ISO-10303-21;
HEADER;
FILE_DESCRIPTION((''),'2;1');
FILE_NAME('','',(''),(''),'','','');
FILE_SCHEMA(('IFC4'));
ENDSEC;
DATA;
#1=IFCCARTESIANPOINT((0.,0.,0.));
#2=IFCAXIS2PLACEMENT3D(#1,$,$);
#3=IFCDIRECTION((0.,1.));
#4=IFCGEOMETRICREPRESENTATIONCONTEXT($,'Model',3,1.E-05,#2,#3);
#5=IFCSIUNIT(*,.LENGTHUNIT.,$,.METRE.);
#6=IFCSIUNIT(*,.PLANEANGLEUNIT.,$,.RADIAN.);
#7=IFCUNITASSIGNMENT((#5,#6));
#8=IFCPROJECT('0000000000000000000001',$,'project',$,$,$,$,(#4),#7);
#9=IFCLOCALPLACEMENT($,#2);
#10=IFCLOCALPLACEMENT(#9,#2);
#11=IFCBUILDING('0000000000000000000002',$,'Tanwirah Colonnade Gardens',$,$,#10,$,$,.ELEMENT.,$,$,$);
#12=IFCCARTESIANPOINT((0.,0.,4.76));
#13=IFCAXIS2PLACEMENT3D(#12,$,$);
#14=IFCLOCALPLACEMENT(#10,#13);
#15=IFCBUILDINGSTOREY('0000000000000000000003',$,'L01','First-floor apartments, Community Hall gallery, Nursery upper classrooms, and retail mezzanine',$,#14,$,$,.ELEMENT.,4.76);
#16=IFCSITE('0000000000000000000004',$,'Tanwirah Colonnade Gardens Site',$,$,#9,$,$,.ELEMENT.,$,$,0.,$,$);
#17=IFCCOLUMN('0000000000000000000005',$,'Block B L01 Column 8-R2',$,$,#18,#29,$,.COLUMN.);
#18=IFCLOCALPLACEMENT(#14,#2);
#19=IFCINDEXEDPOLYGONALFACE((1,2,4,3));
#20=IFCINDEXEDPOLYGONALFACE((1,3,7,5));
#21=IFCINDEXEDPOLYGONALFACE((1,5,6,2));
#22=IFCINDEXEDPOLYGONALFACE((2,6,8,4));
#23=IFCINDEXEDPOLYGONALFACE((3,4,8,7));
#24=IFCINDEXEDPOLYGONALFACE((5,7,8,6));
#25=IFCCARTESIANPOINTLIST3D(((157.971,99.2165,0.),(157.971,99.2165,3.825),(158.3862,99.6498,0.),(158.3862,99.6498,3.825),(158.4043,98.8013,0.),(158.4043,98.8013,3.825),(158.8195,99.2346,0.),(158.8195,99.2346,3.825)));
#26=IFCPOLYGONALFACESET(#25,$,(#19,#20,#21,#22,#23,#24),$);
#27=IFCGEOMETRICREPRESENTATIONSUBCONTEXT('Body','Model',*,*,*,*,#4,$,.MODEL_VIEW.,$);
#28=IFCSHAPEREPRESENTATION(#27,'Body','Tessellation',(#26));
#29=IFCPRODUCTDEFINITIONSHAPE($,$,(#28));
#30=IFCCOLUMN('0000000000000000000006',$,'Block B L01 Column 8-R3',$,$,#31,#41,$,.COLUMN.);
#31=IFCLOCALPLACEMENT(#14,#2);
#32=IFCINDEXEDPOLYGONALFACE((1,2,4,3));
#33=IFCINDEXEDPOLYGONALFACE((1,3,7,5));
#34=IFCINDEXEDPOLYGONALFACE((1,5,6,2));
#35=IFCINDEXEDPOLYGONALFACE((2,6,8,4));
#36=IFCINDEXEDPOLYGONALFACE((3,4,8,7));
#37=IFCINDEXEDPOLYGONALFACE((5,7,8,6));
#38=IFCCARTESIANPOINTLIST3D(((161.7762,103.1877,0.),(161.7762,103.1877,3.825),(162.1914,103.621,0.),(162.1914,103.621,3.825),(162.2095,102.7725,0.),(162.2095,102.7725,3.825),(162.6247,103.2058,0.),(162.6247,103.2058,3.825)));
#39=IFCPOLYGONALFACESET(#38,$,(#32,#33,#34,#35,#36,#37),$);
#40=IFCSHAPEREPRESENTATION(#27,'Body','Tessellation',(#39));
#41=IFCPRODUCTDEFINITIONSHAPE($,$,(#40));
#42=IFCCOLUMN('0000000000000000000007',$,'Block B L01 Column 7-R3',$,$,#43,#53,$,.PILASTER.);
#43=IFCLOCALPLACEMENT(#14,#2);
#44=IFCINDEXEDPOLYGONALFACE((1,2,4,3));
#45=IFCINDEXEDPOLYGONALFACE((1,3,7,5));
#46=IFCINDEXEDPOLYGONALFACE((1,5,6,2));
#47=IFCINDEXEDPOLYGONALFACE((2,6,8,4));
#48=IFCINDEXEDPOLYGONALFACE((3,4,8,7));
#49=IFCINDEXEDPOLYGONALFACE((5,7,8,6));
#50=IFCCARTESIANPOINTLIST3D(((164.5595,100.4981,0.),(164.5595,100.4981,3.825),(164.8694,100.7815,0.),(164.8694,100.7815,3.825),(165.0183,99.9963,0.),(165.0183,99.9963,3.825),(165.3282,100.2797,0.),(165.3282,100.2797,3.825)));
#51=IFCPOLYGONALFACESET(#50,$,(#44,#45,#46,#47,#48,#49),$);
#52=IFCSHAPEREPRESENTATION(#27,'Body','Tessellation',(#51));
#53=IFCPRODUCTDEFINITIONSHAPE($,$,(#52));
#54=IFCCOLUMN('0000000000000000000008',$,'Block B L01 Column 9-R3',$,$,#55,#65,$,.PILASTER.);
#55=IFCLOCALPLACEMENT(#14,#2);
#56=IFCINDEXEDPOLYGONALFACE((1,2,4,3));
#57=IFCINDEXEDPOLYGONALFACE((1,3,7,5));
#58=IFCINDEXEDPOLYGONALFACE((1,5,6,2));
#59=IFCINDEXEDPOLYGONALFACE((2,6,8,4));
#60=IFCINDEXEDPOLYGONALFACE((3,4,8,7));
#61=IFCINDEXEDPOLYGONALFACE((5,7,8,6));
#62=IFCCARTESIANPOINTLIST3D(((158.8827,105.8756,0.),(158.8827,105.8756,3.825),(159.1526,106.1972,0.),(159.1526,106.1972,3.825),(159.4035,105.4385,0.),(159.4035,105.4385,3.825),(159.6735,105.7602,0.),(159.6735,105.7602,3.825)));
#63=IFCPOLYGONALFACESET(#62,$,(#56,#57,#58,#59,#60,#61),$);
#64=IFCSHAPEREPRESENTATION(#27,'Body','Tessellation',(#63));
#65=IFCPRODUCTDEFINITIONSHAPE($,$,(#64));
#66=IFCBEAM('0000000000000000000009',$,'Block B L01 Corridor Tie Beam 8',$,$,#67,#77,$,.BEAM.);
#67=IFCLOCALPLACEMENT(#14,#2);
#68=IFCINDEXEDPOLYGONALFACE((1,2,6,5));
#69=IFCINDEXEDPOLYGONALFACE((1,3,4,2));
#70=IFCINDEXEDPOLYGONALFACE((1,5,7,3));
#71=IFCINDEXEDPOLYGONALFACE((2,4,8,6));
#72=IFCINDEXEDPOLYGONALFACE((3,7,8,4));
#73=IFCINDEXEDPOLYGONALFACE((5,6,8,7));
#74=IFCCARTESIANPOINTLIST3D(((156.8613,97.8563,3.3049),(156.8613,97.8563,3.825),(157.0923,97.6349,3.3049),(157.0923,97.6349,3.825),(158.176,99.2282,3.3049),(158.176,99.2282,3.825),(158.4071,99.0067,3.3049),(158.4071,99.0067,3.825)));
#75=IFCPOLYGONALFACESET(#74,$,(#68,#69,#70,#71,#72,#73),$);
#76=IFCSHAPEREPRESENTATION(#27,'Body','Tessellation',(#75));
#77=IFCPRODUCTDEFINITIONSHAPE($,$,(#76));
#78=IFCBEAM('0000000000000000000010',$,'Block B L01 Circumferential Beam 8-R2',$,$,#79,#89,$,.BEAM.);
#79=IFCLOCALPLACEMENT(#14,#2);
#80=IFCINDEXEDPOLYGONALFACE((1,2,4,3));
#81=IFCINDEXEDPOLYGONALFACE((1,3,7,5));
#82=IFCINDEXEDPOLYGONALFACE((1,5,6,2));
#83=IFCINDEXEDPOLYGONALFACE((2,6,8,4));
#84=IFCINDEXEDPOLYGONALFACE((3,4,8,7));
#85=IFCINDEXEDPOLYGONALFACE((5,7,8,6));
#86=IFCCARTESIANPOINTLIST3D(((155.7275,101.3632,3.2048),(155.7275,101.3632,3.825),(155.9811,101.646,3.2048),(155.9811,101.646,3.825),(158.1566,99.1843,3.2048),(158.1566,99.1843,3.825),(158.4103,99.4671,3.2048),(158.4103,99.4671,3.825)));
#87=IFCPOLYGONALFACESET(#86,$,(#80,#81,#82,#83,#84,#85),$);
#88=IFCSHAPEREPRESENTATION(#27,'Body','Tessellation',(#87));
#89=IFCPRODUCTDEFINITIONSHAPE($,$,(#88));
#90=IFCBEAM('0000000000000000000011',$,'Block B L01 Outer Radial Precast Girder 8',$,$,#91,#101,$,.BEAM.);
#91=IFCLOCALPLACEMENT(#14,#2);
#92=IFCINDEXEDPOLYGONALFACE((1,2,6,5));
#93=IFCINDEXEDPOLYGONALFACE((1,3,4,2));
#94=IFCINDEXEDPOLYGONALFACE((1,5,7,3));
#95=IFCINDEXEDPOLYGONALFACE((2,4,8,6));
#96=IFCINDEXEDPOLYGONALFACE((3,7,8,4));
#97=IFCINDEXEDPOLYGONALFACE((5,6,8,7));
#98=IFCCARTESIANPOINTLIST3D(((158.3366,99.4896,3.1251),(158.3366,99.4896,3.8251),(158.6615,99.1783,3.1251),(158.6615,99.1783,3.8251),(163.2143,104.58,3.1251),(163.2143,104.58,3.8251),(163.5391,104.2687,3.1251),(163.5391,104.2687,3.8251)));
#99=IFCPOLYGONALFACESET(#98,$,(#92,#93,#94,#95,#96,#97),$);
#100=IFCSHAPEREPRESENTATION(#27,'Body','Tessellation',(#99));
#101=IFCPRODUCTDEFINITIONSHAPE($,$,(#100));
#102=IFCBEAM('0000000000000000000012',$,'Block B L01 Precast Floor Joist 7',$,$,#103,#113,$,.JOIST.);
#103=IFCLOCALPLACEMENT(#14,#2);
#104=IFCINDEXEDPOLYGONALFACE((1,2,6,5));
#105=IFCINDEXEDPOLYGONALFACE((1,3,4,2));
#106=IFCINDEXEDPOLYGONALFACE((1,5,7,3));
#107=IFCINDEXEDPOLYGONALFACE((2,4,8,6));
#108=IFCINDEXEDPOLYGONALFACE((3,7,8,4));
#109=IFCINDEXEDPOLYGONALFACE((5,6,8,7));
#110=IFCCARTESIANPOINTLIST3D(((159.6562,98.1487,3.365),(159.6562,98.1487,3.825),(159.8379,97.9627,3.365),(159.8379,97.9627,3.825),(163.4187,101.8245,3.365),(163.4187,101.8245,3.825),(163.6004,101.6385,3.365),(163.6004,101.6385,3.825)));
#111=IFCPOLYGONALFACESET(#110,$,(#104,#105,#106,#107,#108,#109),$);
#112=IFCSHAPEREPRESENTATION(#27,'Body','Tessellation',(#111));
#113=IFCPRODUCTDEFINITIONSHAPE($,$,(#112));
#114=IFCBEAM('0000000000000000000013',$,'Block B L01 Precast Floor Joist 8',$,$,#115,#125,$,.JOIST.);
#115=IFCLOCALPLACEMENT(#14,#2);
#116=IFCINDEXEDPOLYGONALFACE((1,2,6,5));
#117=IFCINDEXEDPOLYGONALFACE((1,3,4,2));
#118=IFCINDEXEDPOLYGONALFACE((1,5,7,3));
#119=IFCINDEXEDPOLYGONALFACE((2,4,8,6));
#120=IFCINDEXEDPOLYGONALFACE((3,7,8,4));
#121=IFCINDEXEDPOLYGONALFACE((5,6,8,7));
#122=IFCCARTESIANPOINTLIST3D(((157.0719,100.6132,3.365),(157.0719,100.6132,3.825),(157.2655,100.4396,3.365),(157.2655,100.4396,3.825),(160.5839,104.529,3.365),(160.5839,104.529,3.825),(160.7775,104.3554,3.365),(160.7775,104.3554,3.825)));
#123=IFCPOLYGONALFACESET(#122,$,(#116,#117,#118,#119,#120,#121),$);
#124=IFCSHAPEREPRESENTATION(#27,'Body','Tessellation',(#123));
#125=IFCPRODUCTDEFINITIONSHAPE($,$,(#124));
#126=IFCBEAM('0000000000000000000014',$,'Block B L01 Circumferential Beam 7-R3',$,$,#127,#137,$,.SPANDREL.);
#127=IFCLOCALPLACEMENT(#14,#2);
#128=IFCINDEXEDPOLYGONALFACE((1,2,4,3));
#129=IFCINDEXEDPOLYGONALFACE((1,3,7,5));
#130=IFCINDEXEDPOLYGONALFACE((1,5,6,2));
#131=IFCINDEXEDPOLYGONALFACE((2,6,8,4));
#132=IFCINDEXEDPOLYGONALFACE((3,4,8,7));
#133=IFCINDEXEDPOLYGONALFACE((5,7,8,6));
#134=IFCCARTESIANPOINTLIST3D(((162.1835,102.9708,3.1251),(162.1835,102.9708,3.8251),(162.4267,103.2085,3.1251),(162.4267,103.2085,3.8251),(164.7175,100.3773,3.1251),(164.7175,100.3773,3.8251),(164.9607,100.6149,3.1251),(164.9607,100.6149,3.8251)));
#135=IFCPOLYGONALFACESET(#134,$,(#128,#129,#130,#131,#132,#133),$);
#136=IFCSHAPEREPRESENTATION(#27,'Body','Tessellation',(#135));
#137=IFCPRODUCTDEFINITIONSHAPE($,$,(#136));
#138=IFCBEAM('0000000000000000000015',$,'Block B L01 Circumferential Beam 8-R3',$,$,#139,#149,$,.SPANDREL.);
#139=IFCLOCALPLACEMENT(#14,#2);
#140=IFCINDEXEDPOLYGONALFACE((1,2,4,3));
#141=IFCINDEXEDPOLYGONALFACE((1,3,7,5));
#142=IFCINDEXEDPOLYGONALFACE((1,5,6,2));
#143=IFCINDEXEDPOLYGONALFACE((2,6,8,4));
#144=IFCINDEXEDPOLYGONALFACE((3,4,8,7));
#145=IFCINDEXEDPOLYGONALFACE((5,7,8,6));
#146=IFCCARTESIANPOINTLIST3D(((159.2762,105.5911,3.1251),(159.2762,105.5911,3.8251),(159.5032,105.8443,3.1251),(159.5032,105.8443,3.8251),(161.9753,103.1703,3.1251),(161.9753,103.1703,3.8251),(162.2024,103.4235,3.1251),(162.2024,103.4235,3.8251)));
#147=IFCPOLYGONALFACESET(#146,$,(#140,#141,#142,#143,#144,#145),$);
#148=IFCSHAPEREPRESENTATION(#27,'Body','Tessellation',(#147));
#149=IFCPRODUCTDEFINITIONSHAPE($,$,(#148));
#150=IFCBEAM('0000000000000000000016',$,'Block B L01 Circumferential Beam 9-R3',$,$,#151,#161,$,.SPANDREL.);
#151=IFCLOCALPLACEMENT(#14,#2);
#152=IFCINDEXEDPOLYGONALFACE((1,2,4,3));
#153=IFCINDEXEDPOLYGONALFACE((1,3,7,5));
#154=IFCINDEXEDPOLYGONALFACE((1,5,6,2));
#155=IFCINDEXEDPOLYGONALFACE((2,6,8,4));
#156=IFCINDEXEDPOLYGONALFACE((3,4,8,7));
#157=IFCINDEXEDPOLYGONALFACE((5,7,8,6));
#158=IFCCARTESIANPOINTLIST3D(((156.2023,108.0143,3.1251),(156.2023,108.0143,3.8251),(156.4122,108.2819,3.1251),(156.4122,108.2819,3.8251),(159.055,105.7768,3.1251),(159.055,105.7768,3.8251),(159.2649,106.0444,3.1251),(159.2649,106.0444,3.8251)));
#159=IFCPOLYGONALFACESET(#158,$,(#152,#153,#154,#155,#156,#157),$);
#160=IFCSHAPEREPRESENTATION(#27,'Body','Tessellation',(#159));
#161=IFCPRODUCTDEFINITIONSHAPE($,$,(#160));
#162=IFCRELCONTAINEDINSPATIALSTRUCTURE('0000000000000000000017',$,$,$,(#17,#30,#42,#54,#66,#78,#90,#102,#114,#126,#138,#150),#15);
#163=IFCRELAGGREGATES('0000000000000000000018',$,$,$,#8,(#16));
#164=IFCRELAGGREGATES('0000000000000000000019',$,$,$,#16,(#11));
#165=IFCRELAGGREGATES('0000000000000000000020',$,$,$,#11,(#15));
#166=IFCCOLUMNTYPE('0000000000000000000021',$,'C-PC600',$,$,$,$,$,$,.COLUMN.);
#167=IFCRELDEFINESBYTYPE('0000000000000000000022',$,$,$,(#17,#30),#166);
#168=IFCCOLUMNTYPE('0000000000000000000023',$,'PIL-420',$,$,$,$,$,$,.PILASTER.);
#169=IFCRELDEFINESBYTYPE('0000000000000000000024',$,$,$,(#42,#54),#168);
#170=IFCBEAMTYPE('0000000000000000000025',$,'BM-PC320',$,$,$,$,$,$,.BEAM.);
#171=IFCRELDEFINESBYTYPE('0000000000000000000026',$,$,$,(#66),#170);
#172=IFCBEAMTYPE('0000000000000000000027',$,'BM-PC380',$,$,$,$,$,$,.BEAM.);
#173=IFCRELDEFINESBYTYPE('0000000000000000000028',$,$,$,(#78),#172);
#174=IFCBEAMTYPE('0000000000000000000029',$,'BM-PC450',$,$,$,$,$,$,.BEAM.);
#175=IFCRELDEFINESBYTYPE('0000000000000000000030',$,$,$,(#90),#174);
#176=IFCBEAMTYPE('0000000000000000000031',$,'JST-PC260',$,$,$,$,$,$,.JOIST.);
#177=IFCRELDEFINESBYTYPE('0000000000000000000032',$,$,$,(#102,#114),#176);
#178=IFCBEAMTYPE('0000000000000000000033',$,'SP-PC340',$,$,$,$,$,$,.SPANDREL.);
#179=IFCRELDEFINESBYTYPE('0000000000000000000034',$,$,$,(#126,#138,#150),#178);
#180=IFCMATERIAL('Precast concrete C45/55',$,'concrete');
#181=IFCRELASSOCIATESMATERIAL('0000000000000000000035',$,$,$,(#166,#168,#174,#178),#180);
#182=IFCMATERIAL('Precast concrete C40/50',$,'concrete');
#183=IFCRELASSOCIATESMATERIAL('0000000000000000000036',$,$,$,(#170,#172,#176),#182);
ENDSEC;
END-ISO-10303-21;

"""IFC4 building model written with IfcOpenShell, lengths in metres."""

from ifc_helpers import new_model, si_unit, direction, frame, origin, origin_2d, place, context, subcontext, project, spatial, rectangle, extrude, material, material_profile, profile_set, type_object, element, save


model = new_model("IFC4")

# Units and contexts
model_context = context("Model", 3, precision=1e-05, world=origin(), true_north=direction((0.0, 1.0)))
body_context = subcontext(model_context, "Body", "Model", "MODEL_VIEW")
ifc_project = project(units=[si_unit("LENGTHUNIT", "METRE"), si_unit("PLANEANGLEUNIT", "RADIAN")], contexts=[model_context])

# Site, building, storey
site_placement = place(None, origin())
site = spatial("IfcSite", under=ifc_project, at=site_placement, Name="Tanwirah Colonnade Gardens Site", CompositionType="ELEMENT", RefElevation=0.0)
building_placement = place(site_placement, origin())
building = spatial("IfcBuilding", under=site, at=building_placement, Name="Tanwirah Colonnade Gardens", CompositionType="ELEMENT")
storey_placement = place(building_placement, frame((0.0, 0.0, 4.76)))
storey = spatial("IfcBuildingStorey", under=building, at=storey_placement, Name="L01", Description="First-floor apartments, Community Hall gallery, Nursery upper classrooms, and retail mezzanine", CompositionType="ELEMENT", Elevation=4.76)

# Columns
ifc_material_1 = material(Name="Precast concrete C45/55", Category="concrete")
ifc_material_profile_1 = material_profile(ifc_material_1, rectangle(XDim=0.6001, YDim=0.6001, at=origin_2d()), Name="PC-COL 600x600")
ifc_profile_set_1 = profile_set([ifc_material_profile_1], Name="Precast concrete C45/55")
column_type_1 = type_object("IfcColumnType", Name="C-PC600", PredefinedType="COLUMN", material=ifc_profile_set_1)
for number, where, z_axis, x_axis, name in (
    (1, (158.3953, 99.2256, 0.0), (0.0, 0.0, 1.0), (0.691863, 0.722029, 0.0), "Block B L01 Column 8-R2"),
    (2, (162.2004, 103.1968, 0.0), (0.0, 0.0, 1.0), (0.691863, 0.722029, 0.0), "Block B L01 Column 8-R3"),
):
    element("IfcColumn", number, at=place(storey_placement, frame(where, z_axis=z_axis, x_axis=x_axis)), inside=storey, type_object=column_type_1, Name=name, PredefinedType="COLUMN", context=body_context, shape_type="SweptSolid", body=[
        extrude(rectangle(XDim=0.6001, YDim=0.6001, at=origin_2d()), origin(), (0.0, 0.0, 1.0), 3.825),
    ])
ifc_material_profile_2 = material_profile(ifc_material_1, rectangle(XDim=0.4199, YDim=0.6799, at=origin_2d()), Name="PC-PIL 420x680")
ifc_profile_set_2 = profile_set([ifc_material_profile_2], Name="Precast concrete C45/55")
column_type_2 = type_object("IfcColumnType", Name="PIL-420", PredefinedType="PILASTER", material=ifc_profile_set_2)
for number, where, z_axis, x_axis, name in (
    (3, (164.9438, 100.3889, 0.0), (0.0, 0.0, 1.0), (0.737932, 0.674875, 0.0), "Block B L01 Column 7-R3"),
    (4, (159.2781, 105.8179, 0.0), (0.0, 0.0, 1.0), (0.642788, 0.766044, 0.0), "Block B L01 Column 9-R3"),
):
    element("IfcColumn", number, at=place(storey_placement, frame(where, z_axis=z_axis, x_axis=x_axis)), inside=storey, type_object=column_type_2, Name=name, PredefinedType="PILASTER", context=body_context, shape_type="SweptSolid", body=[
        extrude(rectangle(XDim=0.4199, YDim=0.6799, at=origin_2d()), origin(), (0.0, 0.0, 1.0), 3.825),
    ])

# Beams
ifc_material_2 = material(Name="Precast concrete C40/50", Category="concrete")
ifc_material_profile_3 = material_profile(ifc_material_2, rectangle(XDim=0.3201, YDim=0.52, at=origin_2d()), Name="PC-BM 320x520")
ifc_profile_set_3 = profile_set([ifc_material_profile_3], Name="Precast concrete C40/50")
beam_type_1 = type_object("IfcBeamType", Name="BM-PC320", PredefinedType="BEAM", material=ifc_profile_set_3)
beam_1_placement = place(storey_placement, frame((156.9768, 97.7456, 3.5649), z_axis=(0.691914, 0.72198, 0.0), x_axis=(-0.72198, 0.691914, 0.0)))
element("IfcBeam", 5, at=beam_1_placement, inside=storey, type_object=beam_type_1, Name="Block B L01 Corridor Tie Beam 8", PredefinedType="BEAM", context=body_context, shape_type="SweptSolid", body=[
    extrude(rectangle(XDim=0.3201, YDim=0.52, at=origin_2d()), origin(), (0.0, 0.0, 1.0), 1.9001),
])
ifc_material_profile_4 = material_profile(ifc_material_2, rectangle(XDim=0.3799, YDim=0.6201, at=origin_2d()), Name="PC-BM 380x620")
ifc_profile_set_4 = profile_set([ifc_material_profile_4], Name="Precast concrete C40/50")
beam_type_2 = type_object("IfcBeamType", Name="BM-PC380", PredefinedType="BEAM", material=ifc_profile_set_4)
beam_2_placement = place(storey_placement, frame((158.2834, 99.3257, 3.5149), z_axis=(-0.744409, 0.667724, 0.0), x_axis=(-0.667724, -0.744409, 0.0)))
element("IfcBeam", 6, at=beam_2_placement, inside=storey, type_object=beam_type_2, Name="Block B L01 Circumferential Beam 8-R2", PredefinedType="BEAM", context=body_context, shape_type="SweptSolid", body=[
    extrude(rectangle(XDim=0.3799, YDim=0.6201, at=origin_2d()), origin(), (0.0, 0.0, 1.0), 3.2632),
])
ifc_material_profile_5 = material_profile(ifc_material_1, rectangle(XDim=0.45, YDim=0.7, at=origin_2d()), Name="PC-BM 450x700")
ifc_profile_set_5 = profile_set([ifc_material_profile_5], Name="Precast concrete C45/55")
beam_type_3 = type_object("IfcBeamType", Name="BM-PC450", PredefinedType="BEAM", material=ifc_profile_set_5)
beam_3_placement = place(storey_placement, frame((158.499, 99.334, 3.4751), z_axis=(0.691865, 0.722027, 0.0), x_axis=(-0.722027, 0.691865, 0.0)))
element("IfcBeam", 7, at=beam_3_placement, inside=storey, type_object=beam_type_3, Name="Block B L01 Outer Radial Precast Girder 8", PredefinedType="BEAM", context=body_context, shape_type="SweptSolid", body=[
    extrude(rectangle(XDim=0.45, YDim=0.7, at=origin_2d()), origin(), (0.0, 0.0, 1.0), 7.05),
])
ifc_material_profile_6 = material_profile(ifc_material_2, rectangle(XDim=0.26, YDim=0.46, at=origin_2d()), Name="PC-JST 260x460")
ifc_profile_set_6 = profile_set([ifc_material_profile_6], Name="Precast concrete C40/50")
beam_type_4 = type_object("IfcBeamType", Name="JST-PC260", PredefinedType="JOIST", material=ifc_profile_set_6)
for number, where, z_axis, x_axis, name in (
    (8, (159.7471, 98.0557, 3.595), (0.715297, 0.69882, 0.0), (-0.69882, 0.715297, 0.0), "Block B L01 Precast Floor Joist 7"),
    (9, (157.1687, 100.5264, 3.595), (0.667679, 0.744449, 0.0), (-0.744449, 0.667679, 0.0), "Block B L01 Precast Floor Joist 8"),
):
    element("IfcBeam", number, at=place(storey_placement, frame(where, z_axis=z_axis, x_axis=x_axis)), inside=storey, type_object=beam_type_4, Name=name, PredefinedType="JOIST", context=body_context, shape_type="SweptSolid", body=[
        extrude(rectangle(XDim=0.26, YDim=0.46, at=origin_2d()), origin(), (0.0, 0.0, 1.0), 5.26),
    ])
ifc_material_profile_7 = material_profile(ifc_material_1, rectangle(XDim=0.3401, YDim=0.7, at=origin_2d()), Name="PC-SP 340x700")
ifc_profile_set_7 = profile_set([ifc_material_profile_7], Name="Precast concrete C45/55")
beam_type_5 = type_object("IfcBeamType", Name="SP-PC340", PredefinedType="SPANDREL", material=ifc_profile_set_7)
beam_4_placement = place(storey_placement, frame((164.8391, 100.4961, 3.4751), z_axis=(-0.698844, 0.715274, 0.0), x_axis=(-0.715274, -0.698844, 0.0)))
element("IfcBeam", 10, at=beam_4_placement, inside=storey, type_object=beam_type_5, Name="Block B L01 Circumferential Beam 7-R3", PredefinedType="SPANDREL", context=body_context, shape_type="SweptSolid", body=[
    extrude(rectangle(XDim=0.3401, YDim=0.7, at=origin_2d()), origin(), (0.0, 0.0, 1.0), 3.626),
])
beam_5_placement = place(storey_placement, frame((162.0889, 103.2969, 3.4751), z_axis=(-0.744445, 0.667684, 0.0), x_axis=(-0.667684, -0.744445, 0.0)))
element("IfcBeam", 11, at=beam_5_placement, inside=storey, type_object=beam_type_5, Name="Block B L01 Circumferential Beam 8-R3", PredefinedType="SPANDREL", context=body_context, shape_type="SweptSolid", body=[
    extrude(rectangle(XDim=0.3401, YDim=0.7, at=origin_2d()), origin(), (0.0, 0.0, 1.0), 3.6257),
])
beam_6_placement = place(storey_placement, frame((159.1599, 105.9106, 3.4751), z_axis=(-0.786844, 0.617152, 0.0), x_axis=(-0.617152, -0.786844, 0.0)))
element("IfcBeam", 12, at=beam_6_placement, inside=storey, type_object=beam_type_5, Name="Block B L01 Circumferential Beam 9-R3", PredefinedType="SPANDREL", context=body_context, shape_type="SweptSolid", body=[
    extrude(rectangle(XDim=0.3401, YDim=0.7, at=origin_2d()), origin(), (0.0, 0.0, 1.0), 3.6255),
])

save(model, "model.ifc")
